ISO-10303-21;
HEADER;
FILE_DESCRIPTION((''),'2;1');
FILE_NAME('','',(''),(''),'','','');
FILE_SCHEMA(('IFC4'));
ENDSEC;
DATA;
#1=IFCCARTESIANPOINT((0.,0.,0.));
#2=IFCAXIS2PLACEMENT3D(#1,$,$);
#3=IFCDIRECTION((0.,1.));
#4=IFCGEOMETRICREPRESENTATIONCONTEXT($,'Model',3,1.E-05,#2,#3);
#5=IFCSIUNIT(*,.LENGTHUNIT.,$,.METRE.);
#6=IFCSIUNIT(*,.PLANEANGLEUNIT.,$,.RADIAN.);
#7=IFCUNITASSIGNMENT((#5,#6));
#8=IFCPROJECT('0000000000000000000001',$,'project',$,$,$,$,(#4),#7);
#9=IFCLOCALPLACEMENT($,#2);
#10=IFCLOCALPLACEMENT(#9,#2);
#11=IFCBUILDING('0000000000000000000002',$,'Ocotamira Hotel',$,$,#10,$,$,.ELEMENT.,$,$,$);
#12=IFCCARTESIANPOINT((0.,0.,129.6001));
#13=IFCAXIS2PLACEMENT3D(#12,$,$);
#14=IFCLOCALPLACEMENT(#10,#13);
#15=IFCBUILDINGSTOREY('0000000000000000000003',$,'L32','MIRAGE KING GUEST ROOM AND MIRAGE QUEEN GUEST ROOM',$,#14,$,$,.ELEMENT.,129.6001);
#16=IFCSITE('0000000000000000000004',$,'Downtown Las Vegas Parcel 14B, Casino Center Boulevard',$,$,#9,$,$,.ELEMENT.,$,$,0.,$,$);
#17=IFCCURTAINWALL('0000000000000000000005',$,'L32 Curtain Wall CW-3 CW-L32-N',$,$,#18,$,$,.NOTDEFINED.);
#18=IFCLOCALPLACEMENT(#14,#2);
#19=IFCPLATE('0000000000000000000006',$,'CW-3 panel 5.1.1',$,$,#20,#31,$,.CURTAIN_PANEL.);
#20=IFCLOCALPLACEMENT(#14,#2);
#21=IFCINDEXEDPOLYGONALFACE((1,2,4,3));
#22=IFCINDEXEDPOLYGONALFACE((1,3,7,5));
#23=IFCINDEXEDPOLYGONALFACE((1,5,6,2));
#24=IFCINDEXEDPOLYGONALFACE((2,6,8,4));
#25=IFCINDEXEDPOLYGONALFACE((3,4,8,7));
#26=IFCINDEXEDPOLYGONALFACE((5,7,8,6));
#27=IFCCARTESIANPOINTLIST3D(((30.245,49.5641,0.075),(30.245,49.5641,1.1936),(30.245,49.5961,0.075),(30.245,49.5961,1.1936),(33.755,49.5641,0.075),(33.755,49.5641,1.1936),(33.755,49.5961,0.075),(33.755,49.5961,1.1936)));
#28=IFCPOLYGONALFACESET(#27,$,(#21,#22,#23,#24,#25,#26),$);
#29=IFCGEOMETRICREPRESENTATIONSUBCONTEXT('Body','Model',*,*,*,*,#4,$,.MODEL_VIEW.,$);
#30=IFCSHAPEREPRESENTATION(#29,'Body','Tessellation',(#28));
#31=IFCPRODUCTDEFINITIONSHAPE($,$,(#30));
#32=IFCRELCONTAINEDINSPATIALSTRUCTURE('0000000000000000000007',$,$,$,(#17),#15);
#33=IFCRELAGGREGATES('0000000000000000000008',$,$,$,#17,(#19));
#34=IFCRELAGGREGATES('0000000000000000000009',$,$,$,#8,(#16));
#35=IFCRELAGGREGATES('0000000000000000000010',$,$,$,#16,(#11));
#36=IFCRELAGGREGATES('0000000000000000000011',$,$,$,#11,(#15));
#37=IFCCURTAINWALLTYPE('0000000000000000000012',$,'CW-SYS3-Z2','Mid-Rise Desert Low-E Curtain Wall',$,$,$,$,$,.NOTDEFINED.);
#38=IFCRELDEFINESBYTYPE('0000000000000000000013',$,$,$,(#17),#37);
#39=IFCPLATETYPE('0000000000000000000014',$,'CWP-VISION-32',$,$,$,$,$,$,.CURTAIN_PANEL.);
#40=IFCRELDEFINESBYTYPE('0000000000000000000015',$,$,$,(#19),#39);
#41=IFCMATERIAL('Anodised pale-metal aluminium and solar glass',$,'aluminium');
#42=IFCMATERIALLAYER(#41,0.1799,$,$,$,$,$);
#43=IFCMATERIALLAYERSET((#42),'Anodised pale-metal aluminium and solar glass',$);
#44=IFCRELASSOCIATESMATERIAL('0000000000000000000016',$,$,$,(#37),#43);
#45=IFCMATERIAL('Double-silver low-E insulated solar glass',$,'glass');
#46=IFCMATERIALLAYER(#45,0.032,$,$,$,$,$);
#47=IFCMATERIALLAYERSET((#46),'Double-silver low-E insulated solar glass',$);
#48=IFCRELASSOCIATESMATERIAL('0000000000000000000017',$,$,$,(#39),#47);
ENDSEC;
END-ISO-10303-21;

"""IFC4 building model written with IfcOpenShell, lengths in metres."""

from ifc_helpers import new_model, si_unit, direction, frame, origin, origin_2d, place, context, subcontext, project, spatial, rectangle, extrude, source, transform, mapped, material, layer, layer_set, type_object, element, aggregate, save


model = new_model("IFC4")

# Units and contexts
model_context = context("Model", 3, precision=1e-05, world=origin(), true_north=direction((0.0, 1.0)))
body_context = subcontext(model_context, "Body", "Model", "MODEL_VIEW")
ifc_project = project(units=[si_unit("LENGTHUNIT", "METRE"), si_unit("PLANEANGLEUNIT", "RADIAN")], contexts=[model_context])

# Site, building, storey
site_placement = place(None, origin())
site = spatial("IfcSite", under=ifc_project, at=site_placement, Name="Downtown Las Vegas Parcel 14B, Casino Center Boulevard", CompositionType="ELEMENT", RefElevation=0.0)
building_placement = place(site_placement, origin())
building = spatial("IfcBuilding", under=site, at=building_placement, Name="Ocotamira Hotel", CompositionType="ELEMENT")
storey_placement = place(building_placement, frame((0.0, 0.0, 129.6001)))
storey = spatial("IfcBuildingStorey", under=building, at=storey_placement, Name="L32", Description="MIRAGE KING GUEST ROOM AND MIRAGE QUEEN GUEST ROOM", CompositionType="ELEMENT", Elevation=129.6001)

# Curtain wall
ifc_material_1 = material(Name="Anodised pale-metal aluminium and solar glass", Category="aluminium")
ifc_layer_1 = layer(ifc_material_1, 0.1799)
ifc_layer_set_1 = layer_set([ifc_layer_1], Name="Anodised pale-metal aluminium and solar glass")
curtain_wall_type = type_object("IfcCurtainWallType", Name="CW-SYS3-Z2", Description="Mid-Rise Desert Low-E Curtain Wall", PredefinedType="NOTDEFINED", material=ifc_layer_set_1)
curtain_wall_placement = place(storey_placement, origin())
curtain_wall = element("IfcCurtainWall", 1, at=curtain_wall_placement, inside=storey, type_object=curtain_wall_type, Name="L32 Curtain Wall CW-3 CW-L32-N", PredefinedType="NOTDEFINED")

# Plate
ifc_material_2 = material(Name="Double-silver low-E insulated solar glass", Category="glass")
ifc_layer_2 = layer(ifc_material_2, 0.032)
ifc_layer_set_2 = layer_set([ifc_layer_2], Name="Double-silver low-E insulated solar glass")
plate_type_1 = type_object("IfcPlateType", Name="CWP-VISION-32", PredefinedType="CURTAIN_PANEL", material=ifc_layer_set_2)
shared_shape_1 = source(origin(), body_context, "Body", "SweptSolid", [
    extrude(rectangle(XDim=3.51, YDim=0.032, at=origin_2d()), origin(), (0.0, 0.0, 1.0), 1.1187),
])
plate_1_placement = place(storey_placement, frame((32.0, 49.5801, 0.075), z_axis=(0.0, 0.0, 1.0), x_axis=(1.0, 0.0, 0.0)))
plate_1 = element("IfcPlate", 2, at=plate_1_placement, type_object=plate_type_1, Name="CW-3 panel 5.1.1", PredefinedType="CURTAIN_PANEL", context=body_context, shape_type="MappedRepresentation", body=[
    mapped(shared_shape_1, transform((0.0, 0.0, 0.0), scale=1.0)),
])
aggregate(curtain_wall, [plate_1])

save(model, "model.ifc")
